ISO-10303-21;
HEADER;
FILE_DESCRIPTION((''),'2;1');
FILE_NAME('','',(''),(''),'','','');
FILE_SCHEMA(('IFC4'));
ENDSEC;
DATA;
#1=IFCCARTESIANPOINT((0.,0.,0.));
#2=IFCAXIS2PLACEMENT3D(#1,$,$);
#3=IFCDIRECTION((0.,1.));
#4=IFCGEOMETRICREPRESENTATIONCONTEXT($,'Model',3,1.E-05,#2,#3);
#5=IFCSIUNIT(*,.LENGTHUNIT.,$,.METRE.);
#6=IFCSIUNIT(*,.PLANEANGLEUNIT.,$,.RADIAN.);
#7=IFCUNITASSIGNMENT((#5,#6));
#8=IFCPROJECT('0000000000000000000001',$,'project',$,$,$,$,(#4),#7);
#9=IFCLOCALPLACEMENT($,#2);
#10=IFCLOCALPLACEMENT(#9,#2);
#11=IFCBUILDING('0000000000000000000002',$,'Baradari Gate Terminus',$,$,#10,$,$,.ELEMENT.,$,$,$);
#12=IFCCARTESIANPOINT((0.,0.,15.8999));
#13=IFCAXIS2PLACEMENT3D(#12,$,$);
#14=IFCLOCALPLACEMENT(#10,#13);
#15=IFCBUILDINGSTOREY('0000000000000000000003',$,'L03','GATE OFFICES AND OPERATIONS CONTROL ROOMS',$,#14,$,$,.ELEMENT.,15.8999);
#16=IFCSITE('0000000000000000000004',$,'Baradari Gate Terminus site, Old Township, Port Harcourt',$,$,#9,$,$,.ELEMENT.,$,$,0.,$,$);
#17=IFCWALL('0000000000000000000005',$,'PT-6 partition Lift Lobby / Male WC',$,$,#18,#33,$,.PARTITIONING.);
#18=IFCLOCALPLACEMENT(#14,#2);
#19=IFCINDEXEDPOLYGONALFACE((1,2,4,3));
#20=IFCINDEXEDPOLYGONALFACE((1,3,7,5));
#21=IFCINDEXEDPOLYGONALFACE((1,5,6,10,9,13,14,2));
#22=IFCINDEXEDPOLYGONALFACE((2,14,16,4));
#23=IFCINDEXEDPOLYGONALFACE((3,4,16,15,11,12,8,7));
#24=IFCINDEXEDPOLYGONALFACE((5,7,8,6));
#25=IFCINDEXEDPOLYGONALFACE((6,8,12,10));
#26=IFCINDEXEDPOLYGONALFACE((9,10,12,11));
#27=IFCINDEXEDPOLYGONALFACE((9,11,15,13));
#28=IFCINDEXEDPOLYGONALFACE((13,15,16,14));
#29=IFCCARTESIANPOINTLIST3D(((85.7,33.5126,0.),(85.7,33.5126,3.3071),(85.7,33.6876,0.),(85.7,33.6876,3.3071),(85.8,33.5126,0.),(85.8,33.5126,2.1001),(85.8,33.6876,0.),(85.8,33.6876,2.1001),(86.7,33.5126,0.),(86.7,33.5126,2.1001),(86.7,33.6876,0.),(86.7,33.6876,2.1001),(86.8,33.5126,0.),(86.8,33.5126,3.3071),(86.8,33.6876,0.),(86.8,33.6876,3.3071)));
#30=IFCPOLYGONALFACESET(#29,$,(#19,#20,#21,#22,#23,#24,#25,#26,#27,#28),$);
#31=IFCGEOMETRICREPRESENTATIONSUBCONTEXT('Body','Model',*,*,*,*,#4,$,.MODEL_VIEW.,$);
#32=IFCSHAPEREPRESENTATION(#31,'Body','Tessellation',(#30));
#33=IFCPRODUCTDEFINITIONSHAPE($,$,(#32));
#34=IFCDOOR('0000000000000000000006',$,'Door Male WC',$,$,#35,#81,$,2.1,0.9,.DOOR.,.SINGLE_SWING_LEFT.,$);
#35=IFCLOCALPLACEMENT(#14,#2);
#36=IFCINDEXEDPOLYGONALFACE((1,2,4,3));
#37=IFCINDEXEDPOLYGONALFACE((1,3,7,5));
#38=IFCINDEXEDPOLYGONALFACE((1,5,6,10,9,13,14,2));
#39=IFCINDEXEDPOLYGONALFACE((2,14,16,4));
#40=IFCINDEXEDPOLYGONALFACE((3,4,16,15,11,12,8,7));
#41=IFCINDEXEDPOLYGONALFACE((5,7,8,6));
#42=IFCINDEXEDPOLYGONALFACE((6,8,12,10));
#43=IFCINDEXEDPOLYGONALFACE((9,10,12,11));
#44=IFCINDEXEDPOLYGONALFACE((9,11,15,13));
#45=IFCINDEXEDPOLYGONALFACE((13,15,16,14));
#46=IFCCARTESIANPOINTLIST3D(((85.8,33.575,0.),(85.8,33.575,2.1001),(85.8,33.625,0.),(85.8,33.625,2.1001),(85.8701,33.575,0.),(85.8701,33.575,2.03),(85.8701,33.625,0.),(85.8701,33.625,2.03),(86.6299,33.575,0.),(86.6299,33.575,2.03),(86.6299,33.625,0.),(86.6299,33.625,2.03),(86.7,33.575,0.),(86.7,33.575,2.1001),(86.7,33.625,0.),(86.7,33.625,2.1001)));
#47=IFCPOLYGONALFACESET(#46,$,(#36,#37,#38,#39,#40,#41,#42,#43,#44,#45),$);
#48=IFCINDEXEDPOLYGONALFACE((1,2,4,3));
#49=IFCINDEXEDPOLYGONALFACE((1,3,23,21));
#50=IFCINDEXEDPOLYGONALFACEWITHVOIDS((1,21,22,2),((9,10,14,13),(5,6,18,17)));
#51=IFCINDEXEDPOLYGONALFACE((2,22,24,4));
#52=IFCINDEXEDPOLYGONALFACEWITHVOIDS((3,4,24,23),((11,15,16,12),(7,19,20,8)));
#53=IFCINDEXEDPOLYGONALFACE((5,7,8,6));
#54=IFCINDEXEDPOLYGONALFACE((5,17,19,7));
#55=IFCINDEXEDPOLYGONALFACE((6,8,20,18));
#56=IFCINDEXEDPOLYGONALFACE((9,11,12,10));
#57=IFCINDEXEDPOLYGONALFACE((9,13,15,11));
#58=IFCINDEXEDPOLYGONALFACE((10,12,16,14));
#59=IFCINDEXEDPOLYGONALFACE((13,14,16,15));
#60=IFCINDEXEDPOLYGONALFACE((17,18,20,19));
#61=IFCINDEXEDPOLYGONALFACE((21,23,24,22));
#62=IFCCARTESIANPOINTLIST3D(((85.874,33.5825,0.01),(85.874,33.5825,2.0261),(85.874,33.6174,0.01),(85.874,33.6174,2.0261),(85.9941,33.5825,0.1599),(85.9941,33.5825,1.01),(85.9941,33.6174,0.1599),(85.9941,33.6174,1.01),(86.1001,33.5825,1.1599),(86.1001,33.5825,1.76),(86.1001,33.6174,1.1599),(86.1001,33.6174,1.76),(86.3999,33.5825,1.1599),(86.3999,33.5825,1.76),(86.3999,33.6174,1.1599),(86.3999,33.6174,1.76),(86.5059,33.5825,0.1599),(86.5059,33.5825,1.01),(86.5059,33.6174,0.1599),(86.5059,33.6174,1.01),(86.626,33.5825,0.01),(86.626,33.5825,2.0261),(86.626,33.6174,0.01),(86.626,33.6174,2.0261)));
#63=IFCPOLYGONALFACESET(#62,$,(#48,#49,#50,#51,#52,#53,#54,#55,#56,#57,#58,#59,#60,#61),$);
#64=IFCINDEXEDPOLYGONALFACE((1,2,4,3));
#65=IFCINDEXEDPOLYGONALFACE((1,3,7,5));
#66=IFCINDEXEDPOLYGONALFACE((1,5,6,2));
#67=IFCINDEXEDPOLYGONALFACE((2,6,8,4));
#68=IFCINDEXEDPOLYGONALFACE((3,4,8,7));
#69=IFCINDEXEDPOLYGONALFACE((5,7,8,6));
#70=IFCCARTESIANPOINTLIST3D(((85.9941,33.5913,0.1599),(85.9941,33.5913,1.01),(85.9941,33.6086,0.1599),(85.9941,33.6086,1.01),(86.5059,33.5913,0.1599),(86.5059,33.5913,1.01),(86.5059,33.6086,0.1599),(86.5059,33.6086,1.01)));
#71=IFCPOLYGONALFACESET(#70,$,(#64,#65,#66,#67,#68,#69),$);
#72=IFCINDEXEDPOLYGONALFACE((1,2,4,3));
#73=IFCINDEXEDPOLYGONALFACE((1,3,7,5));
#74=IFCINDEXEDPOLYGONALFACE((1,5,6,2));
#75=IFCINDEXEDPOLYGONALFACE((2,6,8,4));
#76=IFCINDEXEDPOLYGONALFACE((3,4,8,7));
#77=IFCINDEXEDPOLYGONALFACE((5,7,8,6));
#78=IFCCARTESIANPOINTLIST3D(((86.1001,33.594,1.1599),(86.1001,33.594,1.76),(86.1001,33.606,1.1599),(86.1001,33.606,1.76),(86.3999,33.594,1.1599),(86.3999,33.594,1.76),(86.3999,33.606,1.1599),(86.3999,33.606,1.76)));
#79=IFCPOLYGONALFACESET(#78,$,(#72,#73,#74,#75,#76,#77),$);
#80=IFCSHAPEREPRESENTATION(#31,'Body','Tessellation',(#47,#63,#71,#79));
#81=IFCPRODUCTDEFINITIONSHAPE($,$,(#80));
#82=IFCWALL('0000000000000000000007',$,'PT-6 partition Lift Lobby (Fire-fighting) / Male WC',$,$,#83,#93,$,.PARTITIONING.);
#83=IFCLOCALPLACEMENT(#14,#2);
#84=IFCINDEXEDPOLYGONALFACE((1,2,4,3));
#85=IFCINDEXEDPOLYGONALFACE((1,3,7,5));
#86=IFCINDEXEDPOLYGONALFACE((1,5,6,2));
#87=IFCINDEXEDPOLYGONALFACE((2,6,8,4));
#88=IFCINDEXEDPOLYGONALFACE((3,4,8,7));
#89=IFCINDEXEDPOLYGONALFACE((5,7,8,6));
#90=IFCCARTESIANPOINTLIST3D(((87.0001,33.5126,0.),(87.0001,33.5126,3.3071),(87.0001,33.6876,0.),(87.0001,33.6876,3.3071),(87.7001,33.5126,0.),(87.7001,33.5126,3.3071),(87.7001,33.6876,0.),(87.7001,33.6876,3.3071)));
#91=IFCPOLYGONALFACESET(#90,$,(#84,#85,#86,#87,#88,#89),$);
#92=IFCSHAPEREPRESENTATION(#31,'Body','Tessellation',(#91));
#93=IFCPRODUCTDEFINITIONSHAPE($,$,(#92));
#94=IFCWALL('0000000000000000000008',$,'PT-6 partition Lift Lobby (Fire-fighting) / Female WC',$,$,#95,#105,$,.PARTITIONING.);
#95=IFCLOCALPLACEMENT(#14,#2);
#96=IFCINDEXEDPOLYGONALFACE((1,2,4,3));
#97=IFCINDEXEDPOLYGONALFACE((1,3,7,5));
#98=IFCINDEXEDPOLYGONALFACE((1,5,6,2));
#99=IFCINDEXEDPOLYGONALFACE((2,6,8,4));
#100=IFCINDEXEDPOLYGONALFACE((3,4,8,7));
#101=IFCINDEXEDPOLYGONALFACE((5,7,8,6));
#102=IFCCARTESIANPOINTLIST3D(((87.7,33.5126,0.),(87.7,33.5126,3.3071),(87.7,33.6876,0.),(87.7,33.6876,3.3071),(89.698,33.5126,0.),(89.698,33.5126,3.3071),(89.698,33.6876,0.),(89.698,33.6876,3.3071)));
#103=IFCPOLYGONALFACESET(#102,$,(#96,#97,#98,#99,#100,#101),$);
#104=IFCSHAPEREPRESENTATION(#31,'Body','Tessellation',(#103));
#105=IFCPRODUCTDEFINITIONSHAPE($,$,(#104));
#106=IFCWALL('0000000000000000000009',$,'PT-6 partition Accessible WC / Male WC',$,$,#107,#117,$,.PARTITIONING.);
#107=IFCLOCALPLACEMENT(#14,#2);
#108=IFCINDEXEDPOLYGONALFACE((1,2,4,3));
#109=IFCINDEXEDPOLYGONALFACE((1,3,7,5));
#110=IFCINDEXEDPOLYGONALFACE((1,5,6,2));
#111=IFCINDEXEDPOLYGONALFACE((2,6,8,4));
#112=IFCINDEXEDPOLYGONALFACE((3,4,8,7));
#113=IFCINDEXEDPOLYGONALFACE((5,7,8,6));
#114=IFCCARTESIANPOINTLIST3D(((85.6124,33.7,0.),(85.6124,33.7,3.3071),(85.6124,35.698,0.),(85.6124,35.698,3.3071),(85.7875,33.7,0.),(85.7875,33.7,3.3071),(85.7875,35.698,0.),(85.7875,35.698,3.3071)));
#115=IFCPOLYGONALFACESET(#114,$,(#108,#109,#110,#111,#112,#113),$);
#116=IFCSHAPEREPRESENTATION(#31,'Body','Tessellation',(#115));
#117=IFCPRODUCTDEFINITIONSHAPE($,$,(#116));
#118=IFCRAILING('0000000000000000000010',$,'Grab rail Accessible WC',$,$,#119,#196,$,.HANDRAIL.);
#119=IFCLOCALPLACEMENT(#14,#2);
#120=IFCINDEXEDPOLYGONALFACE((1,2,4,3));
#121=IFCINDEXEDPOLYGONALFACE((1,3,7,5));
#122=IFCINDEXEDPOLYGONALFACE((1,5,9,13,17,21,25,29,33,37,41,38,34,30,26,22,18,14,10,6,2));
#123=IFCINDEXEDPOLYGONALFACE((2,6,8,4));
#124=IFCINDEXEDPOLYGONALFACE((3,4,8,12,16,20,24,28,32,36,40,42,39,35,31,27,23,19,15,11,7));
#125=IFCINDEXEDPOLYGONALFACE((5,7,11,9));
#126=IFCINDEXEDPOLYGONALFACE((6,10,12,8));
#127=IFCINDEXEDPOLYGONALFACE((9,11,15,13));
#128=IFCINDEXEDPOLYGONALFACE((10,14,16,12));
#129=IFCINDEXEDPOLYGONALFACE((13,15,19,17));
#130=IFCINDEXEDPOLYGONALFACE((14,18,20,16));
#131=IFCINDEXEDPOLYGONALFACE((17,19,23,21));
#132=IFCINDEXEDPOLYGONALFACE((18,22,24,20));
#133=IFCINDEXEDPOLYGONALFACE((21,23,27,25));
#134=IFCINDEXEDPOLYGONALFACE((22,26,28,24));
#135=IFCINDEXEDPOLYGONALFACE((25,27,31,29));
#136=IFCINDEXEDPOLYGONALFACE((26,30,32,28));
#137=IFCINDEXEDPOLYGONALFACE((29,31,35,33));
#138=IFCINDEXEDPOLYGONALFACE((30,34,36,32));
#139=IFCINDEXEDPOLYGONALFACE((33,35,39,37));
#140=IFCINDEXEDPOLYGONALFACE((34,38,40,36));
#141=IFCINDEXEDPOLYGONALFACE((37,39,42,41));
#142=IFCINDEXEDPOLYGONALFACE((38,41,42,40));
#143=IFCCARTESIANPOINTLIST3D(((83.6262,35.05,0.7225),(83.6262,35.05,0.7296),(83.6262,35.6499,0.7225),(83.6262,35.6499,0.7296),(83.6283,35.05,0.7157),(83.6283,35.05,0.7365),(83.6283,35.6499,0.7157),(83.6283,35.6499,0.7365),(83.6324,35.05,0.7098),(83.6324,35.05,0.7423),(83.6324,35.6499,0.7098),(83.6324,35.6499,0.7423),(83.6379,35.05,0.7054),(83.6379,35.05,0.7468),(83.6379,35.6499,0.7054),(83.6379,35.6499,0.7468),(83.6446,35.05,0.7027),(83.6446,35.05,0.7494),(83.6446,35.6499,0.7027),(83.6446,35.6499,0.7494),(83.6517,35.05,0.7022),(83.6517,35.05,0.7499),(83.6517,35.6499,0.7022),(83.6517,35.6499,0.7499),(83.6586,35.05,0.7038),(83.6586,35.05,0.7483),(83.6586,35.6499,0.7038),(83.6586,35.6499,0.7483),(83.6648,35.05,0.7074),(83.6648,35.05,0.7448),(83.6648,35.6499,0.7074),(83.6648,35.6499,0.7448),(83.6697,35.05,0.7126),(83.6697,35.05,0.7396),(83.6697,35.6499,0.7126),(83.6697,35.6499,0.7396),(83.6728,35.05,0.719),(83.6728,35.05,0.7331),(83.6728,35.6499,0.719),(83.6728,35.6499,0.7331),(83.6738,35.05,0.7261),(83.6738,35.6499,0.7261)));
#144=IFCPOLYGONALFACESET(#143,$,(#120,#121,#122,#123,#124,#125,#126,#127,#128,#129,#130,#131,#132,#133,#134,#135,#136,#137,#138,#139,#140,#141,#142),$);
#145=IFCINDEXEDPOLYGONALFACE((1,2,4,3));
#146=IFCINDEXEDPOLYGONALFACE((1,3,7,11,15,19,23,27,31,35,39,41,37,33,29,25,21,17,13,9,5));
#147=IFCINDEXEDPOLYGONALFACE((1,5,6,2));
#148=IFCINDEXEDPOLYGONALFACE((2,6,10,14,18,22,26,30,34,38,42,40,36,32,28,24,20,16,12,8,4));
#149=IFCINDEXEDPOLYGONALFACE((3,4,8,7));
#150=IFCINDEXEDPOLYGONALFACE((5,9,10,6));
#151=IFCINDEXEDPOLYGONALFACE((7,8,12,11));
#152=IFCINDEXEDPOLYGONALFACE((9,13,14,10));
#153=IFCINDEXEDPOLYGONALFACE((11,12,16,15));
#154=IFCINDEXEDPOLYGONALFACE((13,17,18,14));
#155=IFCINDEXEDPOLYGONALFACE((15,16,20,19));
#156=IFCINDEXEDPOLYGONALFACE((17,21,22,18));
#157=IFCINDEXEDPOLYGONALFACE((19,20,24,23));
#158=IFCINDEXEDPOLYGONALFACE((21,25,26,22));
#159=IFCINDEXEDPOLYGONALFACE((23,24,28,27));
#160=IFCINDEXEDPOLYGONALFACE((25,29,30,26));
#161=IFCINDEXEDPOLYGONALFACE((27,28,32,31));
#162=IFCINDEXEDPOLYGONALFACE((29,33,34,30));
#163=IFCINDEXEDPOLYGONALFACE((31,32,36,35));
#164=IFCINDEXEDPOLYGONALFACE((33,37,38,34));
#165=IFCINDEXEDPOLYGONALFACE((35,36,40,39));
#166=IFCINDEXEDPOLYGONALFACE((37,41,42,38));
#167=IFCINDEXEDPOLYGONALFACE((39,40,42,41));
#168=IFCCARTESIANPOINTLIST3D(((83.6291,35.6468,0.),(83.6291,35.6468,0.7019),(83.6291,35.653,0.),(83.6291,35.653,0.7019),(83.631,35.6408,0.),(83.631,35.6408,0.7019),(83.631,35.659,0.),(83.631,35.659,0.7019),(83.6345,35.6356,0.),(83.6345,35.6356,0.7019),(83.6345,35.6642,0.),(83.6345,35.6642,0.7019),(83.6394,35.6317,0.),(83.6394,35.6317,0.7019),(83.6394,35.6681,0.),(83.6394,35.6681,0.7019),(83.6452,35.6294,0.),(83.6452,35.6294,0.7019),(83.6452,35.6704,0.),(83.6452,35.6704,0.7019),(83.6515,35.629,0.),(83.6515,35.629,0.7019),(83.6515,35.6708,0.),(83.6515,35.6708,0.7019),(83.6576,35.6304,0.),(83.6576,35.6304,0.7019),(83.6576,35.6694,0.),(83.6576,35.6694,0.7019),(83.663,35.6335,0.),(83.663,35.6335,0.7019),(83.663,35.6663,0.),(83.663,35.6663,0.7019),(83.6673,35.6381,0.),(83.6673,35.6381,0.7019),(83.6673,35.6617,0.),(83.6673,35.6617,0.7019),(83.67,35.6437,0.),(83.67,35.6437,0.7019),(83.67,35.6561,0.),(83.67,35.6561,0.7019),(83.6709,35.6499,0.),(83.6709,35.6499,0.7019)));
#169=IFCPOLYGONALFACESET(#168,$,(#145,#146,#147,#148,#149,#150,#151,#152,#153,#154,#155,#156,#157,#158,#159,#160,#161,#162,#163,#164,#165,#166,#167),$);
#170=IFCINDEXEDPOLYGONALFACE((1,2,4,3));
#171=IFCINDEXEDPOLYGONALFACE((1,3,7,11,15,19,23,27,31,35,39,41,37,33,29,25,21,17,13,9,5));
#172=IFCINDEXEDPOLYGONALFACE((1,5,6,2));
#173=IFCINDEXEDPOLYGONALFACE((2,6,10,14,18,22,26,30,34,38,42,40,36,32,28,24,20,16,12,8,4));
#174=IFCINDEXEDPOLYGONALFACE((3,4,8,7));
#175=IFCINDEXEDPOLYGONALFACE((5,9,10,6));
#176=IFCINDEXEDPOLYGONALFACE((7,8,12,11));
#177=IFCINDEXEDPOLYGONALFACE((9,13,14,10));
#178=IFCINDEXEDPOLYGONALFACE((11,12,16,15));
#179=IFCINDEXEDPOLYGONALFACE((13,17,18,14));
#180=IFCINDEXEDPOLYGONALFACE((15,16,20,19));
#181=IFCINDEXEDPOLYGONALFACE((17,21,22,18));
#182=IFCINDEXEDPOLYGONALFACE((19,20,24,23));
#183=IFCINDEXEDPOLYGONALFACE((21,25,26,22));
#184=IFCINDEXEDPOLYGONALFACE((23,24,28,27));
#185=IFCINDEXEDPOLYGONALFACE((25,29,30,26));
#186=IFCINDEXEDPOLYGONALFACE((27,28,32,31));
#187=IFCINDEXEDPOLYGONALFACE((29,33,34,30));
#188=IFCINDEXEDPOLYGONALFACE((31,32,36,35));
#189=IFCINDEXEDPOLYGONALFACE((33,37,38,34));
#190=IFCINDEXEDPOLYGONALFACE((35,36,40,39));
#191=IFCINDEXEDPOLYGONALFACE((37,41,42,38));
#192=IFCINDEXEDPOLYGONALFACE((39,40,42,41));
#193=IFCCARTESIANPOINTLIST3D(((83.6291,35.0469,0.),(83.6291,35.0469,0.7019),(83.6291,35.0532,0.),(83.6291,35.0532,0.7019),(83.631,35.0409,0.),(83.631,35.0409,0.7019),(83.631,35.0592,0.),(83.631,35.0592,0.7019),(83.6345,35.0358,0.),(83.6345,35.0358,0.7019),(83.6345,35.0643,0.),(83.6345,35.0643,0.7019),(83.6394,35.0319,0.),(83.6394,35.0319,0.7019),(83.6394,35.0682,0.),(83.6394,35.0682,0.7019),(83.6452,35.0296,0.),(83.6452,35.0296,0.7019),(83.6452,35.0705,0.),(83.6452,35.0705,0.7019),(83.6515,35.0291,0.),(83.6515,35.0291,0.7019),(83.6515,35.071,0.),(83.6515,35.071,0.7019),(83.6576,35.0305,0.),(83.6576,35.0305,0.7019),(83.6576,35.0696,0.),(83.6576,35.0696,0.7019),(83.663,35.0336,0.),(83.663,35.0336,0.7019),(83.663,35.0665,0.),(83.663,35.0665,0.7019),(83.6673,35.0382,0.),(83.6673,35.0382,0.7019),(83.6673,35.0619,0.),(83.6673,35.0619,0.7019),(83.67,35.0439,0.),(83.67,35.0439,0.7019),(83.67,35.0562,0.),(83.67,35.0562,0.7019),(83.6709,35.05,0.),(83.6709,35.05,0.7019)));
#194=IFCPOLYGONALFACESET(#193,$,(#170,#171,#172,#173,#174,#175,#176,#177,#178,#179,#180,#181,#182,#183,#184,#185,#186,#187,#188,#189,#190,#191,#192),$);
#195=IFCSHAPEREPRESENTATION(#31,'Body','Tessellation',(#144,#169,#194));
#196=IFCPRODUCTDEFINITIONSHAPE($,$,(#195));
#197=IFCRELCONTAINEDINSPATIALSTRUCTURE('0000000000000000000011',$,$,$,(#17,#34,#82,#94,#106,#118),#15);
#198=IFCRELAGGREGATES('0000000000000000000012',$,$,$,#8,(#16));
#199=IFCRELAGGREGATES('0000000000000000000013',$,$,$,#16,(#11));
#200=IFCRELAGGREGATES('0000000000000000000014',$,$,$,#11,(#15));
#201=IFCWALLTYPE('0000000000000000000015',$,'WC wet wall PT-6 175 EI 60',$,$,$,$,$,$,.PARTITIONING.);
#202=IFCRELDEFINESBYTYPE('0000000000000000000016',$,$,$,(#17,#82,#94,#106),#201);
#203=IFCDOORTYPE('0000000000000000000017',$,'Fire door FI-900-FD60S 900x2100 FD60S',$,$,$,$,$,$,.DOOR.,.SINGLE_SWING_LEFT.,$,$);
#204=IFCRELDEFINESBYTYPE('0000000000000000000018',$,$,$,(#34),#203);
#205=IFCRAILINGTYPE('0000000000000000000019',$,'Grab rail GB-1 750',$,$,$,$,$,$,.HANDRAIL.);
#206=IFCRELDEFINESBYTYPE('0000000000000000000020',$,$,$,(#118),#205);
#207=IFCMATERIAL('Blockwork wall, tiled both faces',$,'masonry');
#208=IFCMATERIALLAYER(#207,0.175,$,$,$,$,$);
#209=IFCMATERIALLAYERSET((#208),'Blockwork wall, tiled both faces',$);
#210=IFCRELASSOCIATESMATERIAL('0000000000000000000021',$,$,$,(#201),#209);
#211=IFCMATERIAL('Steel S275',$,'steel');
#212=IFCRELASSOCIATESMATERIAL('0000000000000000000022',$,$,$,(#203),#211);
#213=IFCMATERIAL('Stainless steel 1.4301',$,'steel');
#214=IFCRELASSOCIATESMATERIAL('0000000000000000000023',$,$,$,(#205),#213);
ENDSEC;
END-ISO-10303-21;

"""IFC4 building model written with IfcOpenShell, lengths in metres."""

from ifc_helpers import new_model, si_unit, direction, frame, frame_2d, origin, origin_2d, place, context, subcontext, project, spatial, polyline, rectangle, circle, outline, extrude, material, layer, layer_set, type_object, element, fill, save


model = new_model("IFC4")

# Units and contexts
model_context = context("Model", 3, precision=1e-05, world=origin(), true_north=direction((0.0, 1.0)))
body_context = subcontext(model_context, "Body", "Model", "MODEL_VIEW")
ifc_project = project(units=[si_unit("LENGTHUNIT", "METRE"), si_unit("PLANEANGLEUNIT", "RADIAN")], contexts=[model_context])

# Site, building, storey
site_placement = place(None, origin())
site = spatial("IfcSite", under=ifc_project, at=site_placement, Name="Baradari Gate Terminus site, Old Township, Port Harcourt", CompositionType="ELEMENT", RefElevation=0.0)
building_placement = place(site_placement, origin())
building = spatial("IfcBuilding", under=site, at=building_placement, Name="Baradari Gate Terminus", CompositionType="ELEMENT")
storey_placement = place(building_placement, frame((0.0, 0.0, 15.8999)))
storey = spatial("IfcBuildingStorey", under=building, at=storey_placement, Name="L03", Description="GATE OFFICES AND OPERATIONS CONTROL ROOMS", CompositionType="ELEMENT", Elevation=15.8999)

# Shared definitions
ifc_material_1 = material(Name="Blockwork wall, tiled both faces", Category="masonry")
ifc_layer_1 = layer(ifc_material_1, 0.175)
ifc_layer_set_1 = layer_set([ifc_layer_1], Name="Blockwork wall, tiled both faces")
wall_type_1 = type_object("IfcWallType", Name="WC wet wall PT-6 175 EI 60", PredefinedType="PARTITIONING", material=ifc_layer_set_1)

# Wall, opening, door
wall_1_placement = place(storey_placement, frame((85.7, 33.6001, 0.0), z_axis=(0.0, 0.0, 1.0), x_axis=(1.0, 0.0, 0.0)))
wall_1 = element("IfcWall", 1, at=wall_1_placement, inside=storey, type_object=wall_type_1, Name="PT-6 partition Lift Lobby / Male WC", PredefinedType="PARTITIONING", context=body_context, shape_type="SweptSolid", body=[
    extrude(rectangle(XDim=1.1001, YDim=0.175, at=frame_2d((0.55, 0.0))), origin(), (0.0, 0.0, 1.0), 3.3071),
])
opening_1_placement = place(wall_1_placement, frame((0.1001, 0.0, 0.0)))
opening_1 = element("IfcOpeningElement", 2, at=opening_1_placement, cuts=wall_1, PredefinedType="OPENING", context=body_context, shape_type="SweptSolid", body=[
    extrude(rectangle(XDim=0.8999, YDim=2.1001, at=frame_2d((0.45, 1.05))), frame((0.0, 0.0974, 0.0), z_axis=(0.0, -1.0, 0.0), x_axis=(1.0, 0.0, 0.0)), (0.0, 0.0, 1.0), 0.1951),
])
ifc_material_2 = material(Name="Steel S275", Category="steel")
door_type_1 = type_object("IfcDoorType", Name="Fire door FI-900-FD60S 900x2100 FD60S", OperationType="SINGLE_SWING_LEFT", PredefinedType="DOOR", material=ifc_material_2)
door_1_placement = place(opening_1_placement, origin())
door_1 = element("IfcDoor", 3, at=door_1_placement, inside=storey, type_object=door_type_1, Name="Door Male WC", OperationType="SINGLE_SWING_LEFT", OverallHeight=2.1, OverallWidth=0.9, PredefinedType="DOOR", context=body_context, shape_type="SweptSolid", body=[
    extrude(outline(polyline([(0.0, 0.0), (0.0701, 0.0), (0.0701, 2.03), (0.8298, 2.03), (0.8298, 0.0), (0.8999, 0.0), (0.8999, 2.1001), (0.0, 2.1001), (0.0, 0.0)])), frame((0.0, 0.0249, 0.0), z_axis=(0.0, -1.0, 0.0), x_axis=(1.0, 0.0, 0.0)), (0.0, 0.0, 1.0), 0.05),
    extrude(outline(polyline([(0.074, 0.01), (0.8259, 0.01), (0.8259, 2.0261), (0.074, 2.0261), (0.074, 0.01)]), holes=[polyline([(0.1941, 0.1599), (0.7058, 0.1599), (0.7058, 1.01), (0.1941, 1.01), (0.1941, 0.1599)]), polyline([(0.3, 1.1599), (0.5999, 1.1599), (0.5999, 1.76), (0.3, 1.76), (0.3, 1.1599)])]), frame((0.0, 0.0173, 0.0), z_axis=(0.0, -1.0, 0.0), x_axis=(1.0, 0.0, 0.0)), (0.0, 0.0, 1.0), 0.0349),
    extrude(rectangle(XDim=0.5117, YDim=0.8501, at=frame_2d((0.45, 0.585))), frame((0.0, 0.0085, 0.0), z_axis=(0.0, -1.0, 0.0), x_axis=(1.0, 0.0, 0.0)), (0.0, 0.0, 1.0), 0.0173),
    extrude(rectangle(XDim=0.2998, YDim=0.6001, at=frame_2d((0.45, 1.46))), frame((0.0, 0.0059, 0.0), z_axis=(0.0, -1.0, 0.0), x_axis=(1.0, 0.0, 0.0)), (0.0, 0.0, 1.0), 0.012),
])
fill(opening_1, door_1)

# Walls
wall_2_placement = place(storey_placement, frame((87.0, 33.6001, 0.0), z_axis=(0.0, 0.0, 1.0), x_axis=(1.0, 0.0, 0.0)))
element("IfcWall", 4, at=wall_2_placement, inside=storey, type_object=wall_type_1, Name="PT-6 partition Lift Lobby (Fire-fighting) / Male WC", PredefinedType="PARTITIONING", context=body_context, shape_type="SweptSolid", body=[
    extrude(rectangle(XDim=0.7, YDim=0.175, at=frame_2d((0.3501, 0.0))), origin(), (0.0, 0.0, 1.0), 3.3071),
])
for number, where, z_axis, x_axis, name in (
    (5, (87.7, 33.6001, 0.0), (0.0, 0.0, 1.0), (1.0, 0.0, 0.0), "PT-6 partition Lift Lobby (Fire-fighting) / Female WC"),
    (6, (85.7, 35.698, 0.0), (0.0, 0.0, 1.0), (0.0, -1.0, 0.0), "PT-6 partition Accessible WC / Male WC"),
):
    element("IfcWall", number, at=place(storey_placement, frame(where, z_axis=z_axis, x_axis=x_axis)), inside=storey, type_object=wall_type_1, Name=name, PredefinedType="PARTITIONING", context=body_context, shape_type="SweptSolid", body=[
        extrude(rectangle(XDim=1.998, YDim=0.175, at=frame_2d((0.999, 0.0))), origin(), (0.0, 0.0, 1.0), 3.3071),
    ])

# Railing
ifc_material_3 = material(Name="Stainless steel 1.4301", Category="steel")
railing_type = type_object("IfcRailingType", Name="Grab rail GB-1 750", PredefinedType="HANDRAIL", material=ifc_material_3)
for number, where, name in (
    (7, (83.6499, 35.6499, 0.0), "Grab rail Accessible WC"),
):
    element("IfcRailing", number, at=place(storey_placement, frame(where)), inside=storey, type_object=railing_type, Name=name, PredefinedType="HANDRAIL", context=body_context, shape_type="SweptSolid", body=[
        extrude(circle(Radius=0.0239, at=origin_2d()), frame((0.0, 0.0, 0.7261), z_axis=(0.0, -1.0, 0.0), x_axis=(1.0, 0.0, 0.0)), (0.0, 0.0, 1.0), 0.5999),
        extrude(circle(Radius=0.021, at=origin_2d()), origin(), (0.0, 0.0, 1.0), 0.7019),
        extrude(circle(Radius=0.021, at=origin_2d()), frame((0.0, -0.5999, 0.0)), (0.0, 0.0, 1.0), 0.7019),
    ])

save(model, "model.ifc")
